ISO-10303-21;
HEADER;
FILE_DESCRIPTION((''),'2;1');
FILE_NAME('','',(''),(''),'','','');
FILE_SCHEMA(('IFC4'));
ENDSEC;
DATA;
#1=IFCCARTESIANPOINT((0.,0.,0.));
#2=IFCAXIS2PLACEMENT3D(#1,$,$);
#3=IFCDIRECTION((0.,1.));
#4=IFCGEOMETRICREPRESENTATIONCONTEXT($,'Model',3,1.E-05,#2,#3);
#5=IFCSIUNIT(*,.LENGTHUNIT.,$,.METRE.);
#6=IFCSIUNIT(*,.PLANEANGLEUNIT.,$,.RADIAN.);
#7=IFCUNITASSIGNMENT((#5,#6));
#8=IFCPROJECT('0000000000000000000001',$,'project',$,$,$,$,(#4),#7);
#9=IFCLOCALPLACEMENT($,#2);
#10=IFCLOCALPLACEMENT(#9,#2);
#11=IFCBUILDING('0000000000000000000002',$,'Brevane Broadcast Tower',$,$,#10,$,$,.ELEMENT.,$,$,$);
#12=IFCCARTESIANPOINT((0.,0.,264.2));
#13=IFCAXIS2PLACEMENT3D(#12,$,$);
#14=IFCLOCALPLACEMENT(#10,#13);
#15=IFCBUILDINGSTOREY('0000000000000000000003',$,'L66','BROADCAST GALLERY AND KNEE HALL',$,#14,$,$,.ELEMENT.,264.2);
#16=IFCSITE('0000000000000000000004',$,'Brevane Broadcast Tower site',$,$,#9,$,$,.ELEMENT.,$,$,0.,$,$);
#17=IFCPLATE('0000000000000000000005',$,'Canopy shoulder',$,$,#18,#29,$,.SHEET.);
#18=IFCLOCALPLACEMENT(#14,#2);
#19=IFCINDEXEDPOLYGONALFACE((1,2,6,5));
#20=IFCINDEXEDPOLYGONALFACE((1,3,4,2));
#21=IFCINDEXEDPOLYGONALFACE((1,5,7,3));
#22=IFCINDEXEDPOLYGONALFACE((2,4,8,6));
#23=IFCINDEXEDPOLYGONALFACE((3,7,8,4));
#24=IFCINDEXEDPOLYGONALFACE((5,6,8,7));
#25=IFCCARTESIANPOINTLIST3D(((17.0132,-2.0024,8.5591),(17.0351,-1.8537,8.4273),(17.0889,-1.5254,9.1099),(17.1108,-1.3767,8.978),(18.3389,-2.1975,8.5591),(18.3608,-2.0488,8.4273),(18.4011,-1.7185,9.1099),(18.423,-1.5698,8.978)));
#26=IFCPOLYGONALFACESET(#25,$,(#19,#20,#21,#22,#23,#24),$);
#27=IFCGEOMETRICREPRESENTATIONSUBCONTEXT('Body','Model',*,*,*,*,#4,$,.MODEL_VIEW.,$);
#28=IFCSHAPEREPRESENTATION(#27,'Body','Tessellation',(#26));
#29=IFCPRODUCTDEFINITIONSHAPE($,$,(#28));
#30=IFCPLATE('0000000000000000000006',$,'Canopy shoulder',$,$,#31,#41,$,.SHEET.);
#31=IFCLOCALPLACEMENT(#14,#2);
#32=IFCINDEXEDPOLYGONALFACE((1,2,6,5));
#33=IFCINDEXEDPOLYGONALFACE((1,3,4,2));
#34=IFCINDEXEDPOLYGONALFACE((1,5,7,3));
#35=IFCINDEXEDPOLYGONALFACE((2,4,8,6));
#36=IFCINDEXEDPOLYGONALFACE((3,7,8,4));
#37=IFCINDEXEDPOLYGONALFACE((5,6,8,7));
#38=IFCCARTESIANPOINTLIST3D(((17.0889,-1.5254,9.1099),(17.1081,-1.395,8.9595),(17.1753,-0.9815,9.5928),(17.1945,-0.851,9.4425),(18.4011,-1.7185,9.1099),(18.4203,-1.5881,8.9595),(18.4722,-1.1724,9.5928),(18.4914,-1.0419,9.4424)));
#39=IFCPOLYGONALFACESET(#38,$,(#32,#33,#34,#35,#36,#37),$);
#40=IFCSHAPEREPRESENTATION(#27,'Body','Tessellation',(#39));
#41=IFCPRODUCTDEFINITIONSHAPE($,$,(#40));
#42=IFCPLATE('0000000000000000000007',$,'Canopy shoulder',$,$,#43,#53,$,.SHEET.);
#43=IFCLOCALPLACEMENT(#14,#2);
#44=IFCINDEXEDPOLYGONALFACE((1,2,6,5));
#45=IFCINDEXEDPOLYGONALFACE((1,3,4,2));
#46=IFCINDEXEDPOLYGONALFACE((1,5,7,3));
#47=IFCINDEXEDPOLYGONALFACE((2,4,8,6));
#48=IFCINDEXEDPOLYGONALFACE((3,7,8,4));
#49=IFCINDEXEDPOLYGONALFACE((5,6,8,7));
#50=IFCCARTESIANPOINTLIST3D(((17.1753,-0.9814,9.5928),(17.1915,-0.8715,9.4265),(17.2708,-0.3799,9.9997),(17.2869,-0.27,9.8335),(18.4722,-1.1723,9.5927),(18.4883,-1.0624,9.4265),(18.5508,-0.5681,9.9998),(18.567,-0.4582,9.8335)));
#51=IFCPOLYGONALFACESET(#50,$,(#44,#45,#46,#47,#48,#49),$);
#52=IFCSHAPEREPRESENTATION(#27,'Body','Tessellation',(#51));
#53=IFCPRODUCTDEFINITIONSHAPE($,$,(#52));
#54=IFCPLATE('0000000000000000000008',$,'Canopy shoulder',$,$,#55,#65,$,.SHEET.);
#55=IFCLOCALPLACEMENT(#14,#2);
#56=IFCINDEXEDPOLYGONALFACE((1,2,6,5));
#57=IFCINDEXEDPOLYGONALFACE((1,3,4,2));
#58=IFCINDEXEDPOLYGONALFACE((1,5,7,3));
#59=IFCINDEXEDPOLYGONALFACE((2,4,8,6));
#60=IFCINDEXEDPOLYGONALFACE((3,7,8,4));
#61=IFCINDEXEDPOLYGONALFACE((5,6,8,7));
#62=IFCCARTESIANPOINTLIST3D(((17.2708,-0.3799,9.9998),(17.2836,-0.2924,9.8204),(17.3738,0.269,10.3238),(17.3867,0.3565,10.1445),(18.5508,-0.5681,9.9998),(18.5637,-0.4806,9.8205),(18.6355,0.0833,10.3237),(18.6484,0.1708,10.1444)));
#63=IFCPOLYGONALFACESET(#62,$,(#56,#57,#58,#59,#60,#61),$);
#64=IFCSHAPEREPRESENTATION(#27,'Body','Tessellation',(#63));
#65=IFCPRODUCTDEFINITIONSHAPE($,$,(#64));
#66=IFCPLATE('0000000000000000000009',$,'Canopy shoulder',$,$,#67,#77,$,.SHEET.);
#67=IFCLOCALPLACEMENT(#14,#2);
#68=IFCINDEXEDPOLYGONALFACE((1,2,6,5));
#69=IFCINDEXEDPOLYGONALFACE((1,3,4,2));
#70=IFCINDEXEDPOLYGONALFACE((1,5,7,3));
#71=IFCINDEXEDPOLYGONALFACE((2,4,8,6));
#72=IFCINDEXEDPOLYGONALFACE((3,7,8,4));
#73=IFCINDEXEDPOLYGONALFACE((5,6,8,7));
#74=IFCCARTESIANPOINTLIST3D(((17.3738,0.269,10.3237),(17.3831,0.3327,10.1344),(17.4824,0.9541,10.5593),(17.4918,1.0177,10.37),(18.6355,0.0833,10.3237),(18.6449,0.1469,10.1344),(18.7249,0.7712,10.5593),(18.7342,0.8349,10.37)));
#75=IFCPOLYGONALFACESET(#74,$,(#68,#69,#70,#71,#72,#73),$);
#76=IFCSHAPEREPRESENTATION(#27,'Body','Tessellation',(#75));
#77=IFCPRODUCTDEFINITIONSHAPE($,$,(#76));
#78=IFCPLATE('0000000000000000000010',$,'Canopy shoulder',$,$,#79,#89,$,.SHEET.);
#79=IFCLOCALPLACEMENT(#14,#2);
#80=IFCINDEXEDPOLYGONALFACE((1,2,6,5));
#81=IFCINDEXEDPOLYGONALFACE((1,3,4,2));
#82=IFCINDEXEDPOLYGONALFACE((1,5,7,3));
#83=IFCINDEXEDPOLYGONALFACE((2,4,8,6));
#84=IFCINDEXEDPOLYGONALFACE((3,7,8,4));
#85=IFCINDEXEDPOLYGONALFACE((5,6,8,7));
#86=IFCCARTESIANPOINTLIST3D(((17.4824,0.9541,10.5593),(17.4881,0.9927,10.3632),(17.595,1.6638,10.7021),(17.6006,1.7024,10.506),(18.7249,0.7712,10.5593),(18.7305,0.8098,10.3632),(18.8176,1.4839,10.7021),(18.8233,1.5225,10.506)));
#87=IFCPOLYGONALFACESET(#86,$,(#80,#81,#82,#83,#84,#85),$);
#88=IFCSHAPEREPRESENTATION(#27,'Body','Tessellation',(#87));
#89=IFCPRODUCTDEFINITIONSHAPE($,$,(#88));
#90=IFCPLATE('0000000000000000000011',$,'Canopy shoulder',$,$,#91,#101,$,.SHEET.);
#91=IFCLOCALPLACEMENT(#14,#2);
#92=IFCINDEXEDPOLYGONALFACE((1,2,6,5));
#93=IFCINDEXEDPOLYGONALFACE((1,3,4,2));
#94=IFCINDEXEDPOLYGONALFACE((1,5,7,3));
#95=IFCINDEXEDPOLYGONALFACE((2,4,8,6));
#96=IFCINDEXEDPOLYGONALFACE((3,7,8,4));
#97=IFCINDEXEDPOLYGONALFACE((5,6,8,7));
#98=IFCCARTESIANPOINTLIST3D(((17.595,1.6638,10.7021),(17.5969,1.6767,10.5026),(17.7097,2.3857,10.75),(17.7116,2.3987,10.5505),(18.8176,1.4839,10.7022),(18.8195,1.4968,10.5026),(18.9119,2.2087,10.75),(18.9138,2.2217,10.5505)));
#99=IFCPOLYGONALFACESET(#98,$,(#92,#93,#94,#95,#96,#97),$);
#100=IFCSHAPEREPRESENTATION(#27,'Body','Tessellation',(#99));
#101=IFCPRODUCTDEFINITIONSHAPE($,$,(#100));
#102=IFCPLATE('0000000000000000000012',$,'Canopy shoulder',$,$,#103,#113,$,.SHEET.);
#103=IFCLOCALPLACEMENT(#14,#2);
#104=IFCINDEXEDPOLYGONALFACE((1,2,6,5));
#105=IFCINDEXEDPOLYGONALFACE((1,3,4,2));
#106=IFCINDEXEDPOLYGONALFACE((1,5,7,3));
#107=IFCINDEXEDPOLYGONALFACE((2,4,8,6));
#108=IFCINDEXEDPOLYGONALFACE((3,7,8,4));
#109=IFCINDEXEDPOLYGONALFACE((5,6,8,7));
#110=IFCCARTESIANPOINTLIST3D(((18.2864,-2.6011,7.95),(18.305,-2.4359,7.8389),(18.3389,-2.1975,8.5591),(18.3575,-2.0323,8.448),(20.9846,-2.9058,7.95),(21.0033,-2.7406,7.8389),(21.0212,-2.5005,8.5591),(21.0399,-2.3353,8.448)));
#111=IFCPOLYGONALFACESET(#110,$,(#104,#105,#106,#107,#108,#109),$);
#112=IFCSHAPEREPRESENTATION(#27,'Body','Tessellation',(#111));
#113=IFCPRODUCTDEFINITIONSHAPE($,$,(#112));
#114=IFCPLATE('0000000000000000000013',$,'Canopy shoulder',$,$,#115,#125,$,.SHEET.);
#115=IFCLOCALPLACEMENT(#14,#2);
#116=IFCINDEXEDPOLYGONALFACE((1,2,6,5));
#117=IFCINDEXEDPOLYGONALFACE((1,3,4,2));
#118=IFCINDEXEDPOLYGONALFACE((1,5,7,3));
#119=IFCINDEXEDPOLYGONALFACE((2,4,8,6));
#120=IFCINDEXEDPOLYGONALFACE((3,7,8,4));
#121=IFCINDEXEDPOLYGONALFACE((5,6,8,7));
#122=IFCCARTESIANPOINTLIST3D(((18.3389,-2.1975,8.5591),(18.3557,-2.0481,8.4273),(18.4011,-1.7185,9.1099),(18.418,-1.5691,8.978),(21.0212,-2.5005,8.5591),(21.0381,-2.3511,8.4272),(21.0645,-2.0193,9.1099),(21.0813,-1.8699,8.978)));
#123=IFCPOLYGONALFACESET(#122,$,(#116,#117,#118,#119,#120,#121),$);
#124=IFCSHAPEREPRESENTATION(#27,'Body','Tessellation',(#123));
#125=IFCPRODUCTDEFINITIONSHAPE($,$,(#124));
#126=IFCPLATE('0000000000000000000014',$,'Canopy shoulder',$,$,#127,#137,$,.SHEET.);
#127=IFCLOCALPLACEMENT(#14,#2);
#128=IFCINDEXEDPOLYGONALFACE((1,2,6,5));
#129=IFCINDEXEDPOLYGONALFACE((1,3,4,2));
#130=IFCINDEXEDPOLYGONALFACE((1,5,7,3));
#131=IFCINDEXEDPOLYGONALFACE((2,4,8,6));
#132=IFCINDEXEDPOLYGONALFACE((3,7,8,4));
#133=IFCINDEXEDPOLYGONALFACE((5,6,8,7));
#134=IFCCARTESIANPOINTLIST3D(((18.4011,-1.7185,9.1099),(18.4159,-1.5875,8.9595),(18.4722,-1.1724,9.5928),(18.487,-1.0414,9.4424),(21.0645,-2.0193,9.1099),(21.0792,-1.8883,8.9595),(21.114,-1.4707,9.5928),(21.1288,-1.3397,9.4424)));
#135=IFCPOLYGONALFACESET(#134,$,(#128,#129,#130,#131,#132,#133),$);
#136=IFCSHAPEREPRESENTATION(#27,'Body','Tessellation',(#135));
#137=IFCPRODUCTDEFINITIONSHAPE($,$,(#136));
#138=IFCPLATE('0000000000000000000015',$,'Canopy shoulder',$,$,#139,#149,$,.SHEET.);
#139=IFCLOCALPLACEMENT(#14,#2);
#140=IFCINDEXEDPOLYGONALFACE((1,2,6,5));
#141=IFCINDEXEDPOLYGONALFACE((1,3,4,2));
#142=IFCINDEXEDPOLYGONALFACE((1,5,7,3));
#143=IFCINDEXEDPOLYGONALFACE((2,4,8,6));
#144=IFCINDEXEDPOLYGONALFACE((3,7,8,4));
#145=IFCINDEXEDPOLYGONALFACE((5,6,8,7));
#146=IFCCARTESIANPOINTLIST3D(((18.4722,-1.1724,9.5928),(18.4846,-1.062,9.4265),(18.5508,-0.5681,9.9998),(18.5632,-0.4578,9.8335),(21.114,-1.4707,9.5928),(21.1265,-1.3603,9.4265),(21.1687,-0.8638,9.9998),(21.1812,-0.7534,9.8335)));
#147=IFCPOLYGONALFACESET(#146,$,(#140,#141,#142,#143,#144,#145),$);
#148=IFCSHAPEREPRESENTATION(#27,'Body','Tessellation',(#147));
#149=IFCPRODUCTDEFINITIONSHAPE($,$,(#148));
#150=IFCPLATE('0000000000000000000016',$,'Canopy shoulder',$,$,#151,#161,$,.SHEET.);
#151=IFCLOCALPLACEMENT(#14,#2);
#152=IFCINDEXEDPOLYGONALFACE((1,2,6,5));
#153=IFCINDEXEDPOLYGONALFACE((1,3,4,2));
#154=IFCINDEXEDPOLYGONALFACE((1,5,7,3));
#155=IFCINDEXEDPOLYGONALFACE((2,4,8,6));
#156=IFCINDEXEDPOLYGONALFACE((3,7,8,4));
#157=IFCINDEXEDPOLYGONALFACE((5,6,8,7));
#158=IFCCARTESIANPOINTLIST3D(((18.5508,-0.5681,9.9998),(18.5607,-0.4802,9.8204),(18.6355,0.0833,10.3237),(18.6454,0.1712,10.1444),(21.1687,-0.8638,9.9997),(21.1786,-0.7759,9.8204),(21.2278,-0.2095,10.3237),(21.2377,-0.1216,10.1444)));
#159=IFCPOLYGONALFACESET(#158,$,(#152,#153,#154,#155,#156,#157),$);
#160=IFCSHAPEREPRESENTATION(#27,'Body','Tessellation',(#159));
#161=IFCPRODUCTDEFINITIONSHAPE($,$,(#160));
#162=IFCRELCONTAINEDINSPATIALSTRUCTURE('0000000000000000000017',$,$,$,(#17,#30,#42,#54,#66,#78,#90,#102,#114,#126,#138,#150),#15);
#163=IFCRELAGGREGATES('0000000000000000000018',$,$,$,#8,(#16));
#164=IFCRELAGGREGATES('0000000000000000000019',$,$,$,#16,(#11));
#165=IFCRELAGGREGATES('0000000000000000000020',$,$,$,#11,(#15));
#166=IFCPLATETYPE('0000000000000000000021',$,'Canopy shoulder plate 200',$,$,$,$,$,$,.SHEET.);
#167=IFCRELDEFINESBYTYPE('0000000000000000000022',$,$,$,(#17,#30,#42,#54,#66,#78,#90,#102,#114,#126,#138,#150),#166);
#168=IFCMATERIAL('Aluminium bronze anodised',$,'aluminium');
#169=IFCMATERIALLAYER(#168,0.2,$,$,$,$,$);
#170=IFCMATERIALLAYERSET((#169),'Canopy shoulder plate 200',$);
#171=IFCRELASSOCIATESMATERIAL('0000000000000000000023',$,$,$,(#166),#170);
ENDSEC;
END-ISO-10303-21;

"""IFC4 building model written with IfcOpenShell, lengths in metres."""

from ifc_helpers import new_model, si_unit, direction, frame, origin, place, context, subcontext, project, spatial, polyline, outline, extrude, material, layer, layer_set, type_object, element, save


model = new_model("IFC4")

# Units and contexts
model_context = context("Model", 3, precision=1e-05, world=origin(), true_north=direction((0.0, 1.0)))
body_context = subcontext(model_context, "Body", "Model", "MODEL_VIEW")
ifc_project = project(units=[si_unit("LENGTHUNIT", "METRE"), si_unit("PLANEANGLEUNIT", "RADIAN")], contexts=[model_context])

# Site, building, storey
site_placement = place(None, origin())
site = spatial("IfcSite", under=ifc_project, at=site_placement, Name="Brevane Broadcast Tower site", CompositionType="ELEMENT", RefElevation=0.0)
building_placement = place(site_placement, origin())
building = spatial("IfcBuilding", under=site, at=building_placement, Name="Brevane Broadcast Tower", CompositionType="ELEMENT")
storey_placement = place(building_placement, frame((0.0, 0.0, 264.2)))
storey = spatial("IfcBuildingStorey", under=building, at=storey_placement, Name="L66", Description="BROADCAST GALLERY AND KNEE HALL", CompositionType="ELEMENT", Elevation=264.2)

# Plates
ifc_material = material(Name="Aluminium bronze anodised", Category="aluminium")
ifc_layer = layer(ifc_material, 0.2)
ifc_layer_set = layer_set([ifc_layer], Name="Canopy shoulder plate 200")
plate_type = type_object("IfcPlateType", Name="Canopy shoulder plate 200", PredefinedType="SHEET", material=ifc_layer_set)
plate_1_placement = place(storey_placement, frame((17.0132, -2.0024, 8.5591), z_axis=(-0.109462, -0.743861, 0.65931), x_axis=(0.989346, -0.145583, 0.000004)))
element("IfcPlate", 1, at=plate_1_placement, inside=storey, type_object=plate_type, Name="Canopy shoulder", PredefinedType="SHEET", context=body_context, shape_type="SweptSolid", body=[
    extrude(outline(polyline([(0.0, 0.0), (1.34, 0.0), (1.3318, 0.7325), (0.0054, 0.7326), (0.0, 0.0)])), origin(), (0.0, 0.0, -1.0), 0.2),
])
plate_2_placement = place(storey_placement, frame((17.0889, -1.5254, 9.1099), z_axis=(-0.096009, -0.652287, 0.751867), x_axis=(0.989343, -0.145605, 0.000012)))
element("IfcPlate", 2, at=plate_2_placement, inside=storey, type_object=plate_type, Name="Canopy shoulder", PredefinedType="SHEET", context=body_context, shape_type="SweptSolid", body=[
    extrude(outline(polyline([(0.0, 0.0), (1.3264, 0.0), (1.3172, 0.7324), (0.0063, 0.7325), (0.0, 0.0)])), origin(), (0.0, 0.0, -1.0), 0.2),
])
plate_3_placement = place(storey_placement, frame((17.1753, -0.9814, 9.5928), z_axis=(-0.080867, -0.549615, 0.831495), x_axis=(0.989341, -0.14562, -0.000036)))
element("IfcPlate", 3, at=plate_3_placement, inside=storey, type_object=plate_type, Name="Canopy shoulder", PredefinedType="SHEET", context=body_context, shape_type="SweptSolid", body=[
    extrude(outline(polyline([(0.0, 0.0), (1.3109, 0.0), (1.3006, 0.7327), (0.0068, 0.7325), (0.0, 0.0)])), origin(), (0.0, 0.0, -1.0), 0.2),
])
plate_4_placement = place(storey_placement, frame((17.2708, -0.3799, 9.9998), z_axis=(-0.064396, -0.437614, 0.896854), x_axis=(0.989357, -0.145507, 0.000038)))
element("IfcPlate", 4, at=plate_4_placement, inside=storey, type_object=plate_type, Name="Canopy shoulder", PredefinedType="SHEET", context=body_context, shape_type="SweptSolid", body=[
    extrude(outline(polyline([(0.0, 0.0), (1.2938, 0.0), (1.2828, 0.7323), (0.0075, 0.7325), (0.0, 0.0)])), origin(), (0.0, 0.0, -1.0), 0.2),
])
plate_5_placement = place(storey_placement, frame((17.3738, 0.269, 10.3237), z_axis=(-0.046842, -0.318185, 0.946871), x_axis=(0.989332, -0.145678, -0.000011)))
element("IfcPlate", 5, at=plate_5_placement, inside=storey, type_object=plate_type, Name="Canopy shoulder", PredefinedType="SHEET", context=body_context, shape_type="SweptSolid", body=[
    extrude(outline(polyline([(0.0, 0.0), (1.2753, 0.0), (1.2635, 0.7326), (0.0077, 0.7325), (0.0, 0.0)])), origin(), (0.0, 0.0, -1.0), 0.2),
])
plate_6_placement = place(storey_placement, frame((17.4824, 0.9541, 10.5593), z_axis=(-0.028386, -0.192873, 0.980813), x_axis=(0.989342, -0.145611, -0.000001)))
element("IfcPlate", 6, at=plate_6_placement, inside=storey, type_object=plate_type, Name="Canopy shoulder", PredefinedType="SHEET", context=body_context, shape_type="SweptSolid", body=[
    extrude(outline(polyline([(0.0, 0.0), (1.2558, 0.0), (1.2438, 0.7326), (0.008, 0.7326), (0.0, 0.0)])), origin(), (0.0, 0.0, -1.0), 0.2),
])
plate_7_placement = place(storey_placement, frame((17.595, 1.6638, 10.7021), z_axis=(-0.009514, -0.064634, 0.997864), x_axis=(0.989344, -0.145597, 0.000002)))
element("IfcPlate", 7, at=plate_7_placement, inside=storey, type_object=plate_type, Name="Canopy shoulder", PredefinedType="SHEET", context=body_context, shape_type="SweptSolid", body=[
    extrude(outline(polyline([(0.0, 0.0), (1.2358, 0.0), (1.2235, 0.7324), (0.0084, 0.7325), (0.0, 0.0)])), origin(), (0.0, 0.0, -1.0), 0.2),
])
plate_8_placement = place(storey_placement, frame((18.2864, -2.6011, 7.95), z_axis=(-0.09332, -0.826307, 0.555435), x_axis=(0.993684, -0.112218, 0.000007)))
element("IfcPlate", 8, at=plate_8_placement, inside=storey, type_object=plate_type, Name="Canopy shoulder", PredefinedType="SHEET", context=body_context, shape_type="SweptSolid", body=[
    extrude(outline(polyline([(0.0, 0.0), (2.7154, 0.0), (2.7063, 0.7325), (0.0069, 0.7325), (0.0, 0.0)])), origin(), (0.0, 0.0, -1.0), 0.2),
])
plate_9_placement = place(storey_placement, frame((18.3389, -2.1975, 8.5591), z_axis=(-0.084381, -0.747113, 0.659319), x_axis=(0.993682, -0.112233, -0.000004)))
element("IfcPlate", 9, at=plate_9_placement, inside=storey, type_object=plate_type, Name="Canopy shoulder", PredefinedType="SHEET", context=body_context, shape_type="SweptSolid", body=[
    extrude(outline(polyline([(0.0, 0.0), (2.6994, 0.0), (2.6884, 0.7326), (0.0081, 0.7325), (0.0, 0.0)])), origin(), (0.0, 0.0, -1.0), 0.2),
])
plate_10_placement = place(storey_placement, frame((18.4011, -1.7185, 9.1099), z_axis=(-0.073989, -0.655168, 0.751851), x_axis=(0.993683, -0.11222, -0.000001)))
element("IfcPlate", 10, at=plate_10_placement, inside=storey, type_object=plate_type, Name="Canopy shoulder", PredefinedType="SHEET", context=body_context, shape_type="SweptSolid", body=[
    extrude(outline(polyline([(0.0, 0.0), (2.6803, 0.0), (2.6679, 0.7324), (0.0093, 0.7324), (0.0, 0.0)])), origin(), (0.0, 0.0, -1.0), 0.2),
])
plate_11_placement = place(storey_placement, frame((18.4722, -1.1724, 9.5928), z_axis=(-0.062334, -0.551965, 0.831534), x_axis=(0.993684, -0.112216, 0.000001)))
element("IfcPlate", 11, at=plate_11_placement, inside=storey, type_object=plate_type, Name="Canopy shoulder", PredefinedType="SHEET", context=body_context, shape_type="SweptSolid", body=[
    extrude(outline(polyline([(0.0, 0.0), (2.6586, 0.0), (2.6449, 0.7327), (0.0103, 0.7327), (0.0, 0.0)])), origin(), (0.0, 0.0, -1.0), 0.2),
])
plate_12_placement = place(storey_placement, frame((18.5508, -0.5681, 9.9998), z_axis=(-0.049642, -0.439591, 0.896825), x_axis=(0.993683, -0.11222, -0.000003)))
element("IfcPlate", 12, at=plate_12_placement, inside=storey, type_object=plate_type, Name="Canopy shoulder", PredefinedType="SHEET", context=body_context, shape_type="SweptSolid", body=[
    extrude(outline(polyline([(0.0, 0.0), (2.6346, 0.0), (2.6198, 0.7324), (0.0111, 0.7323), (0.0, 0.0)])), origin(), (0.0, 0.0, -1.0), 0.2),
])

save(model, "model.ifc")
